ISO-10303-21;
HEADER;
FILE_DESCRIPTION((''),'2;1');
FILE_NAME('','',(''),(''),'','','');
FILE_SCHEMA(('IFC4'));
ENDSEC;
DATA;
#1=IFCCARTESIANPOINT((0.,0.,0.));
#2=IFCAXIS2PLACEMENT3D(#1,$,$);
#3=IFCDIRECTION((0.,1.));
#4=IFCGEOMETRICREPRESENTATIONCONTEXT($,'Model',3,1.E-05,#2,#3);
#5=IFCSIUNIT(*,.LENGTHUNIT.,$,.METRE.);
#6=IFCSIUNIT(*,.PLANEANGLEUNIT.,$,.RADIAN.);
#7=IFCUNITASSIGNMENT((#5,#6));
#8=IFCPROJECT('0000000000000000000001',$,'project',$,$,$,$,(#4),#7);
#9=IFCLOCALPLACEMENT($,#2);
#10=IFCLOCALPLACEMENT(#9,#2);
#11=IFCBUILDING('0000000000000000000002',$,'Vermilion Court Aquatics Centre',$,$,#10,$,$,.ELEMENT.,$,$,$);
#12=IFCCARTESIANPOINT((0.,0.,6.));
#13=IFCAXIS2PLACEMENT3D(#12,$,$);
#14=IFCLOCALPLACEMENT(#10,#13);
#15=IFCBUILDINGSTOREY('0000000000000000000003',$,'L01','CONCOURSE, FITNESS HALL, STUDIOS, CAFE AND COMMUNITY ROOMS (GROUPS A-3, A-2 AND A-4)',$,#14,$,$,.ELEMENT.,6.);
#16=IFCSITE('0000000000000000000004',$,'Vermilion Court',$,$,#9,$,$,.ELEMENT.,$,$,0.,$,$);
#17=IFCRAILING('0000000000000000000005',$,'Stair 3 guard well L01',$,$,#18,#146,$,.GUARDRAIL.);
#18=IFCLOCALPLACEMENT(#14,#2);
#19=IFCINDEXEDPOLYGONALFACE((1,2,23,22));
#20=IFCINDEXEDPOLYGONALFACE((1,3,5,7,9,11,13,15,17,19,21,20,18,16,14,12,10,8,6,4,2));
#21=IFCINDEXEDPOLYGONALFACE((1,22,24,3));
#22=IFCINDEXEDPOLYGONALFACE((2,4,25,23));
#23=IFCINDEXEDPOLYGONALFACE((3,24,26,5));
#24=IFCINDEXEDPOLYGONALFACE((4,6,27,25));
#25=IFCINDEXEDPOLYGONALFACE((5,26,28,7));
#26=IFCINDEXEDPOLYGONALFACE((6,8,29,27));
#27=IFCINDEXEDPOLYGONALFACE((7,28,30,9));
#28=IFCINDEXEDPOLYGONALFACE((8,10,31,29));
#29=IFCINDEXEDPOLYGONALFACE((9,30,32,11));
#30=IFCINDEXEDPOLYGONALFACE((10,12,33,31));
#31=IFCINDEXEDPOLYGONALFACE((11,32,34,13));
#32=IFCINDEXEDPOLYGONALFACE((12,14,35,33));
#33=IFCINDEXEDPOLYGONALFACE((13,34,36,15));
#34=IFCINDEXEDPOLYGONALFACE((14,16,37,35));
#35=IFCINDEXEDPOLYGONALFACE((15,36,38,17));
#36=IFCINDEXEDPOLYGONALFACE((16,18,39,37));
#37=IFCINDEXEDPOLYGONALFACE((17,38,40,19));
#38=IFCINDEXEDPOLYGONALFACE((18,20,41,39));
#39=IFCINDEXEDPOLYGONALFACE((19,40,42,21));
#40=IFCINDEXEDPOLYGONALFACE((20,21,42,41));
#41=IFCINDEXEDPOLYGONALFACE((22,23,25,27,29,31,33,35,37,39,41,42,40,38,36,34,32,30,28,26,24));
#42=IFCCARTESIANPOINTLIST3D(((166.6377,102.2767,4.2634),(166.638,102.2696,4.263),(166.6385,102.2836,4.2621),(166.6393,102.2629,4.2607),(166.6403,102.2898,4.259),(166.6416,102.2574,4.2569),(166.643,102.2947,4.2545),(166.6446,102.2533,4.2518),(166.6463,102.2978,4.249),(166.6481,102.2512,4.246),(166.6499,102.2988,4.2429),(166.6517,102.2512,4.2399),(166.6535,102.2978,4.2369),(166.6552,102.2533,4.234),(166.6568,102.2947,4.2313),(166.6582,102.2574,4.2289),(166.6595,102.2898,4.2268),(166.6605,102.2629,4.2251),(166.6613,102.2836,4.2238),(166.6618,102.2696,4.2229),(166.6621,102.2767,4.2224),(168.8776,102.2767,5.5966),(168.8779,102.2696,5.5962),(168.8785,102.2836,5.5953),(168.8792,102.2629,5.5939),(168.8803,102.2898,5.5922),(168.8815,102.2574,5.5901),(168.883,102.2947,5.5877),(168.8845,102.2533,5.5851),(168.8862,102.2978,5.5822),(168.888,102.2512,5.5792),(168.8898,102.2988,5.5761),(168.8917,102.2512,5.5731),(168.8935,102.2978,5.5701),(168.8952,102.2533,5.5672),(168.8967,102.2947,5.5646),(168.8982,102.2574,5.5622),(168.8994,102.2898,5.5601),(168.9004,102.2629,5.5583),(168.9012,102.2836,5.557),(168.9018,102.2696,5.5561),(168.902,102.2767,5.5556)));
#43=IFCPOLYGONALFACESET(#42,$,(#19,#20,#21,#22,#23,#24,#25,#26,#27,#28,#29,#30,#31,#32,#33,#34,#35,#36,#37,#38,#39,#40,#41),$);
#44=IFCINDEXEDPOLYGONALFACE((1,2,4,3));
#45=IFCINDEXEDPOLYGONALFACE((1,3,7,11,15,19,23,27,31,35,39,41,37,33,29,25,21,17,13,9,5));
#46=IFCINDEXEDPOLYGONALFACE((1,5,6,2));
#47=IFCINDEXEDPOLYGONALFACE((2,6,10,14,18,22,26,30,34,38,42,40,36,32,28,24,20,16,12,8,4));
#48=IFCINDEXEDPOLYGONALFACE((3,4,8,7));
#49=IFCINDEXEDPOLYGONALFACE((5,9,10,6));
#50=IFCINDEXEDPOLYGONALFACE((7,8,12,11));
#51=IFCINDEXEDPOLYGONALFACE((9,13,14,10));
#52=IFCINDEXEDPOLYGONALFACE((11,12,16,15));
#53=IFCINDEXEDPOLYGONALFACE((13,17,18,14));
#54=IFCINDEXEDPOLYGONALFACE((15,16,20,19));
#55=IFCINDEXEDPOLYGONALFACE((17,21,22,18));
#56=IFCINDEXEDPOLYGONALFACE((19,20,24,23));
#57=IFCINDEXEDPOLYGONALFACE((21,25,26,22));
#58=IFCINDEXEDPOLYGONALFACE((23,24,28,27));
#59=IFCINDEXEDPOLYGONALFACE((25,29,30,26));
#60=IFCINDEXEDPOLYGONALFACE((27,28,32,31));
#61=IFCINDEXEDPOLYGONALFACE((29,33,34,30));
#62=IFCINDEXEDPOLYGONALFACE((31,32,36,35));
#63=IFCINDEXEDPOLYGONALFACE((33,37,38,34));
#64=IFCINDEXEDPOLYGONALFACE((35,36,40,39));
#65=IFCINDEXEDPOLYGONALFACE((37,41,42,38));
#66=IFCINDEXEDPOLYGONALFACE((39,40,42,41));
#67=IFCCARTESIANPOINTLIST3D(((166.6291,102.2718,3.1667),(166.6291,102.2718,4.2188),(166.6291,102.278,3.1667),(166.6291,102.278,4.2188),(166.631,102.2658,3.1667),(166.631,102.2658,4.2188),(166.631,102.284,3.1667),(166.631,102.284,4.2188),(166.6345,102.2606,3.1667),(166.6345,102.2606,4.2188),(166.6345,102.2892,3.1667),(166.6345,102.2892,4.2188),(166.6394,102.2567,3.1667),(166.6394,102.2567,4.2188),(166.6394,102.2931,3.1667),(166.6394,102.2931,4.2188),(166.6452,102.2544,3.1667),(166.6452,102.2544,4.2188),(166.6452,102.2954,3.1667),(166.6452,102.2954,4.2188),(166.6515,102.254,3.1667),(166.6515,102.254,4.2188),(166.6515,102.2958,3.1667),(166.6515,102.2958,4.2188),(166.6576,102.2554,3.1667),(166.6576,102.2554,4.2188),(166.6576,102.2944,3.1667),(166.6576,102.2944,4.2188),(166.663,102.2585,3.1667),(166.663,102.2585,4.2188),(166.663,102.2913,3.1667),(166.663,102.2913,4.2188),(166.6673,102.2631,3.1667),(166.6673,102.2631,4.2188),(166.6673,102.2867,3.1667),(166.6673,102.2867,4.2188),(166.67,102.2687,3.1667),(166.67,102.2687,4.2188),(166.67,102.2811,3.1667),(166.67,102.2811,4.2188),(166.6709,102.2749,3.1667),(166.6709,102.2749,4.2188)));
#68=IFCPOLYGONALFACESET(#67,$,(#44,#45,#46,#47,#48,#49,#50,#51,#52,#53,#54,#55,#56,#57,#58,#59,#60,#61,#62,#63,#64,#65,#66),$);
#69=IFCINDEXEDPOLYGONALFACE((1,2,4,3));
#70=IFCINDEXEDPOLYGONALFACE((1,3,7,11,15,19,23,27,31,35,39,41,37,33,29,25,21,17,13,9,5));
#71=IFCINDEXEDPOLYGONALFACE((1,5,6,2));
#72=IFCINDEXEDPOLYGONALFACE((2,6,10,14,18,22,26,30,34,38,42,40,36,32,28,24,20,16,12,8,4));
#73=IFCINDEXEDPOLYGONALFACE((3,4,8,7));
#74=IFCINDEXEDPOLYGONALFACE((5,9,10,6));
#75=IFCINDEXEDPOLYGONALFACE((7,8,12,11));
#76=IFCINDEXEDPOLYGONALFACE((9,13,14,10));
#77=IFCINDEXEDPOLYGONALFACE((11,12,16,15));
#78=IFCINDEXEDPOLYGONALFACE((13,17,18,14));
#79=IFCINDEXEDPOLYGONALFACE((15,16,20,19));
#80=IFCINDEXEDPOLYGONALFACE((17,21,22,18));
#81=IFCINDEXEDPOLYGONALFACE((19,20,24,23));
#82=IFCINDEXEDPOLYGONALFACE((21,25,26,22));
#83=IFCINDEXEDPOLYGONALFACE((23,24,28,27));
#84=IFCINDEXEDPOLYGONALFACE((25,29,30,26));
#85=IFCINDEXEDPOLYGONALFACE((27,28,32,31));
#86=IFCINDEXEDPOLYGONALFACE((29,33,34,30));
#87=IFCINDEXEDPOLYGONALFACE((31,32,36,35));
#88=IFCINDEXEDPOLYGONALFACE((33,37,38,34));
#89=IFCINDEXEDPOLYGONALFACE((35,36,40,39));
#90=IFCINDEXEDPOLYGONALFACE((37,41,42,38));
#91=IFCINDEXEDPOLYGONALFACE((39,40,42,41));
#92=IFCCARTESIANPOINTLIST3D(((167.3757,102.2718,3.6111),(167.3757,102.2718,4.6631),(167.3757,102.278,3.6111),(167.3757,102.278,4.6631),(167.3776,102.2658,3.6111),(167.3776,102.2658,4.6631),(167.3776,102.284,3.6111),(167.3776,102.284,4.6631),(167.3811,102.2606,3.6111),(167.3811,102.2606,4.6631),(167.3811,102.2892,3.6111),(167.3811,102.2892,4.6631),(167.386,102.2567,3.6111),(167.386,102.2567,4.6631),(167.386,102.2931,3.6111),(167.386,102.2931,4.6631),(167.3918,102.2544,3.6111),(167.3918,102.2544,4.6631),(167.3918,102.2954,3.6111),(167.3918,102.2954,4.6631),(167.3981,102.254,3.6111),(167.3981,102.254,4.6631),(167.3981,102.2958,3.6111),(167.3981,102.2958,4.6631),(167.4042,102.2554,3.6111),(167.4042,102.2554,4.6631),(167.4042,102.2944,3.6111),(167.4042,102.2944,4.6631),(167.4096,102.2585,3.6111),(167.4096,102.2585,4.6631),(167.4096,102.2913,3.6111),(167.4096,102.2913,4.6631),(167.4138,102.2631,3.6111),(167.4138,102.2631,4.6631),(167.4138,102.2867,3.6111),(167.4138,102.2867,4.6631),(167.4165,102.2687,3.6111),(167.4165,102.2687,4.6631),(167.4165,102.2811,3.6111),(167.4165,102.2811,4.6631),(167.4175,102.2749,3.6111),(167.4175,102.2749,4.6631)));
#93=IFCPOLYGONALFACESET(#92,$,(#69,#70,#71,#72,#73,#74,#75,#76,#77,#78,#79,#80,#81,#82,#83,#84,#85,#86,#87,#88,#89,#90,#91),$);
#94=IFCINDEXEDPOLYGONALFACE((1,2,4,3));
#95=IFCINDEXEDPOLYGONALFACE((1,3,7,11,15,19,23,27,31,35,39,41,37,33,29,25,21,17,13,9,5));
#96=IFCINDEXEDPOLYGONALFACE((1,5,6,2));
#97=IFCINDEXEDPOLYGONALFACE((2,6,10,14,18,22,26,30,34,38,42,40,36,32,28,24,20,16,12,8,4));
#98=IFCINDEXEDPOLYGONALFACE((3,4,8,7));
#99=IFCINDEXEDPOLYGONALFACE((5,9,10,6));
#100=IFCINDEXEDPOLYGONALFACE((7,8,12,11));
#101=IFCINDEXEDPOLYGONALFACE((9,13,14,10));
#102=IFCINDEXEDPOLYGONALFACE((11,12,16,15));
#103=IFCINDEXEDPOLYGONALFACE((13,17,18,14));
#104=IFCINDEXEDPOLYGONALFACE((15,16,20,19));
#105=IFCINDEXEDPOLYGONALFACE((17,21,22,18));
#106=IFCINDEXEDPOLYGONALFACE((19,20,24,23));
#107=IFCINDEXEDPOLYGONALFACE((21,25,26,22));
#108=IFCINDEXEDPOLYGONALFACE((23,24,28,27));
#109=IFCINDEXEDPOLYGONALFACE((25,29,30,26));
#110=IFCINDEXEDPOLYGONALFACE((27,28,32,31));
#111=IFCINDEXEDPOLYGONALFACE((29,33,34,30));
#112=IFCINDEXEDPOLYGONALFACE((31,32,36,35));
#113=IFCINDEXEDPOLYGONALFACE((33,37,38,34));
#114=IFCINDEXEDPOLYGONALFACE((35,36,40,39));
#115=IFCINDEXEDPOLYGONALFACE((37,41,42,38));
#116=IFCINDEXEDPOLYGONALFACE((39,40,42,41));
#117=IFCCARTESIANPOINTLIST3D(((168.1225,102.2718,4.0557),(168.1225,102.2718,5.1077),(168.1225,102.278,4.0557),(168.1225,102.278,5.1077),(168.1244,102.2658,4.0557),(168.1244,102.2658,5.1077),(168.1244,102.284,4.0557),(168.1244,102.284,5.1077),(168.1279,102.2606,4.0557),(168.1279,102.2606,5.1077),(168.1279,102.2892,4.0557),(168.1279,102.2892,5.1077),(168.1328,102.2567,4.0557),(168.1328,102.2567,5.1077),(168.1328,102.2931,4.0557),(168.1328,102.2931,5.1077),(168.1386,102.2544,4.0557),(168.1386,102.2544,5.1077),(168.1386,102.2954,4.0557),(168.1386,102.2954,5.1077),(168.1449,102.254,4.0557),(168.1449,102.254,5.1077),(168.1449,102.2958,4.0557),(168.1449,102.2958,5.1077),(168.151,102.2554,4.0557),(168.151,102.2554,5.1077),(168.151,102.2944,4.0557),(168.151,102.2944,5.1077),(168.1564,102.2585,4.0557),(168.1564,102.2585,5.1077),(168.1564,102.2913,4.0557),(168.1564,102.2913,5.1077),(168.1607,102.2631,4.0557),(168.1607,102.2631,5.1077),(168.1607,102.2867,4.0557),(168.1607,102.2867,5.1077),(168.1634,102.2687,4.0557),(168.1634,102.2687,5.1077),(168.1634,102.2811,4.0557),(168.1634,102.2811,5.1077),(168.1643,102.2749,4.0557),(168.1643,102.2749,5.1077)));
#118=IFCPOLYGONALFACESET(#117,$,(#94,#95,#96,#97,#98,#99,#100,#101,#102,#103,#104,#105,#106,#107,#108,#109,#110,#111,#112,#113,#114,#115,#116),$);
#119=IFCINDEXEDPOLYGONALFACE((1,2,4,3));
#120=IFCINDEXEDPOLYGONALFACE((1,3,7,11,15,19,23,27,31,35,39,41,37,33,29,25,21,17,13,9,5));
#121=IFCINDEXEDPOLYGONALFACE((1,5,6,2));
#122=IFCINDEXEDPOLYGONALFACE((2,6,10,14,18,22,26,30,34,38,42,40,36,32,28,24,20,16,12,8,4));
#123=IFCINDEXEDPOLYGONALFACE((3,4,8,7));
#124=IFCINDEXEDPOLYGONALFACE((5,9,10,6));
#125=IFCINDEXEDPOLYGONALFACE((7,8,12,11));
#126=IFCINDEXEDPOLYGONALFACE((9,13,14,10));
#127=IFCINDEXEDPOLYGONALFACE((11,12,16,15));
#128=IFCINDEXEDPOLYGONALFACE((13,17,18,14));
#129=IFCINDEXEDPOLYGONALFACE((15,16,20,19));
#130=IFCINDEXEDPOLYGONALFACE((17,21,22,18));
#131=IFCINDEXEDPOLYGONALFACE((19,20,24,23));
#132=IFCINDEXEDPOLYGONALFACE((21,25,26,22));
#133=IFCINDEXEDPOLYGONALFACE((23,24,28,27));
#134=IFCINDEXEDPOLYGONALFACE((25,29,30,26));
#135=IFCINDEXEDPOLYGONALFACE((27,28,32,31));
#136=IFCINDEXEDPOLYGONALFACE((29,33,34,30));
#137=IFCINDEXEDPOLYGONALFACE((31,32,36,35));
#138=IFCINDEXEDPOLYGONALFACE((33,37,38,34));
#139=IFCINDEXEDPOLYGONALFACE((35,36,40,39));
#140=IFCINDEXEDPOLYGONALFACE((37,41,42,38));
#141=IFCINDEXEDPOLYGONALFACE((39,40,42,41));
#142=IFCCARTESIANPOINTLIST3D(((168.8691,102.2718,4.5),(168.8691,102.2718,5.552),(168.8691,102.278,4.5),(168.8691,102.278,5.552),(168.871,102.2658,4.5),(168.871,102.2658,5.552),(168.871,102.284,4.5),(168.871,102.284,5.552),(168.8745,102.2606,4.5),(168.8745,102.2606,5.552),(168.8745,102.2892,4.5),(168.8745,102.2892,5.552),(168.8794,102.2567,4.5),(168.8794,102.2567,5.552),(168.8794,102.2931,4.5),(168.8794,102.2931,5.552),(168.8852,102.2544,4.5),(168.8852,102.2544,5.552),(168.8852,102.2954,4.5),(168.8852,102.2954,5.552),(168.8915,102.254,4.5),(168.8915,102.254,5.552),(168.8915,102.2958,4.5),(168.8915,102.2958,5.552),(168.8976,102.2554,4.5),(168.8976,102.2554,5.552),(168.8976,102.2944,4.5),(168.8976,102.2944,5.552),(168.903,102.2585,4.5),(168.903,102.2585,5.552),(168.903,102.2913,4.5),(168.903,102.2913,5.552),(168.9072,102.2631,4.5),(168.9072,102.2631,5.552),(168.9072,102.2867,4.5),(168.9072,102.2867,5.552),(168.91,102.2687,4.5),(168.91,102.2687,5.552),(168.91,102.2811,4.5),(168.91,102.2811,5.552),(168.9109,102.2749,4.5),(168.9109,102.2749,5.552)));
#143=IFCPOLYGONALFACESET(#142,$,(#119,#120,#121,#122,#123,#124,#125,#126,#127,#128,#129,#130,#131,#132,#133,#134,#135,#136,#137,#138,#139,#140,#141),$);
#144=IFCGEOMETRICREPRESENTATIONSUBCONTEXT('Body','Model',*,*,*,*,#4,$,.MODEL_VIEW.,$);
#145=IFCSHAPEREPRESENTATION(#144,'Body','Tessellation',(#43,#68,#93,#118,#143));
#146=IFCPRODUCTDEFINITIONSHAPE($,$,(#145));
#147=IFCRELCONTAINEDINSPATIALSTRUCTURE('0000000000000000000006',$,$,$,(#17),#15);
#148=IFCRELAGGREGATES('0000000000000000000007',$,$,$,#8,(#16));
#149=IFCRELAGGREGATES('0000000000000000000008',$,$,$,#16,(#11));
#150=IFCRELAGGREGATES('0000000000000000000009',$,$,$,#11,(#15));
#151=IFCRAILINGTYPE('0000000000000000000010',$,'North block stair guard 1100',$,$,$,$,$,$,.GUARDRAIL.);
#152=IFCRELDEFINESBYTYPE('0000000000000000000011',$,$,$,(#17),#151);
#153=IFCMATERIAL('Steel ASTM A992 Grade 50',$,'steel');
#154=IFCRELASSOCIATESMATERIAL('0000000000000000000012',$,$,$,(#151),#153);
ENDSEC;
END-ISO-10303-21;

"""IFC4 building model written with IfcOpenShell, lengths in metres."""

from ifc_helpers import new_model, si_unit, direction, frame, origin, origin_2d, place, context, subcontext, project, spatial, circle, extrude, material, type_object, element, save


model = new_model("IFC4")

# Units and contexts
model_context = context("Model", 3, precision=1e-05, world=origin(), true_north=direction((0.0, 1.0)))
body_context = subcontext(model_context, "Body", "Model", "MODEL_VIEW")
ifc_project = project(units=[si_unit("LENGTHUNIT", "METRE"), si_unit("PLANEANGLEUNIT", "RADIAN")], contexts=[model_context])

# Site, building, storey
site_placement = place(None, origin())
site = spatial("IfcSite", under=ifc_project, at=site_placement, Name="Vermilion Court", CompositionType="ELEMENT", RefElevation=0.0)
building_placement = place(site_placement, origin())
building = spatial("IfcBuilding", under=site, at=building_placement, Name="Vermilion Court Aquatics Centre", CompositionType="ELEMENT")
storey_placement = place(building_placement, frame((0.0, 0.0, 6.0)))
storey = spatial("IfcBuildingStorey", under=building, at=storey_placement, Name="L01", Description="CONCOURSE, FITNESS HALL, STUDIOS, CAFE AND COMMUNITY ROOMS (GROUPS A-3, A-2 AND A-4)", CompositionType="ELEMENT", Elevation=6.0)

# Railing
ifc_material_1 = material(Name="Steel ASTM A992 Grade 50", Category="steel")
railing_type_1 = type_object("IfcRailingType", Name="North block stair guard 1100", PredefinedType="GUARDRAIL", material=ifc_material_1)
for number, where, name in (
    (1, (166.6499, 102.2749, 3.1667), "Stair 3 guard well L01"),
):
    element("IfcRailing", number, at=place(storey_placement, frame(where)), inside=storey, type_object=railing_type_1, Name=name, PredefinedType="GUARDRAIL", context=body_context, shape_type="SweptSolid", body=[
        extrude(circle(Radius=0.0239, at=origin_2d()), frame((0.0, 0.0, 1.0762), z_axis=(0.859306, 0.0, 0.511462), x_axis=(0.0, 1.0, 0.0)), (0.0, 0.0, 1.0), 2.6067),
        extrude(circle(Radius=0.021, at=origin_2d()), origin(), (0.0, 0.0, 1.0), 1.052),
        extrude(circle(Radius=0.021, at=origin_2d()), frame((0.7466, 0.0, 0.4443)), (0.0, 0.0, 1.0), 1.052),
        extrude(circle(Radius=0.021, at=origin_2d()), frame((1.4934, 0.0, 0.8889)), (0.0, 0.0, 1.0), 1.052),
        extrude(circle(Radius=0.021, at=origin_2d()), frame((2.24, 0.0, 1.3333)), (0.0, 0.0, 1.0), 1.052),
    ])

save(model, "model.ifc")
